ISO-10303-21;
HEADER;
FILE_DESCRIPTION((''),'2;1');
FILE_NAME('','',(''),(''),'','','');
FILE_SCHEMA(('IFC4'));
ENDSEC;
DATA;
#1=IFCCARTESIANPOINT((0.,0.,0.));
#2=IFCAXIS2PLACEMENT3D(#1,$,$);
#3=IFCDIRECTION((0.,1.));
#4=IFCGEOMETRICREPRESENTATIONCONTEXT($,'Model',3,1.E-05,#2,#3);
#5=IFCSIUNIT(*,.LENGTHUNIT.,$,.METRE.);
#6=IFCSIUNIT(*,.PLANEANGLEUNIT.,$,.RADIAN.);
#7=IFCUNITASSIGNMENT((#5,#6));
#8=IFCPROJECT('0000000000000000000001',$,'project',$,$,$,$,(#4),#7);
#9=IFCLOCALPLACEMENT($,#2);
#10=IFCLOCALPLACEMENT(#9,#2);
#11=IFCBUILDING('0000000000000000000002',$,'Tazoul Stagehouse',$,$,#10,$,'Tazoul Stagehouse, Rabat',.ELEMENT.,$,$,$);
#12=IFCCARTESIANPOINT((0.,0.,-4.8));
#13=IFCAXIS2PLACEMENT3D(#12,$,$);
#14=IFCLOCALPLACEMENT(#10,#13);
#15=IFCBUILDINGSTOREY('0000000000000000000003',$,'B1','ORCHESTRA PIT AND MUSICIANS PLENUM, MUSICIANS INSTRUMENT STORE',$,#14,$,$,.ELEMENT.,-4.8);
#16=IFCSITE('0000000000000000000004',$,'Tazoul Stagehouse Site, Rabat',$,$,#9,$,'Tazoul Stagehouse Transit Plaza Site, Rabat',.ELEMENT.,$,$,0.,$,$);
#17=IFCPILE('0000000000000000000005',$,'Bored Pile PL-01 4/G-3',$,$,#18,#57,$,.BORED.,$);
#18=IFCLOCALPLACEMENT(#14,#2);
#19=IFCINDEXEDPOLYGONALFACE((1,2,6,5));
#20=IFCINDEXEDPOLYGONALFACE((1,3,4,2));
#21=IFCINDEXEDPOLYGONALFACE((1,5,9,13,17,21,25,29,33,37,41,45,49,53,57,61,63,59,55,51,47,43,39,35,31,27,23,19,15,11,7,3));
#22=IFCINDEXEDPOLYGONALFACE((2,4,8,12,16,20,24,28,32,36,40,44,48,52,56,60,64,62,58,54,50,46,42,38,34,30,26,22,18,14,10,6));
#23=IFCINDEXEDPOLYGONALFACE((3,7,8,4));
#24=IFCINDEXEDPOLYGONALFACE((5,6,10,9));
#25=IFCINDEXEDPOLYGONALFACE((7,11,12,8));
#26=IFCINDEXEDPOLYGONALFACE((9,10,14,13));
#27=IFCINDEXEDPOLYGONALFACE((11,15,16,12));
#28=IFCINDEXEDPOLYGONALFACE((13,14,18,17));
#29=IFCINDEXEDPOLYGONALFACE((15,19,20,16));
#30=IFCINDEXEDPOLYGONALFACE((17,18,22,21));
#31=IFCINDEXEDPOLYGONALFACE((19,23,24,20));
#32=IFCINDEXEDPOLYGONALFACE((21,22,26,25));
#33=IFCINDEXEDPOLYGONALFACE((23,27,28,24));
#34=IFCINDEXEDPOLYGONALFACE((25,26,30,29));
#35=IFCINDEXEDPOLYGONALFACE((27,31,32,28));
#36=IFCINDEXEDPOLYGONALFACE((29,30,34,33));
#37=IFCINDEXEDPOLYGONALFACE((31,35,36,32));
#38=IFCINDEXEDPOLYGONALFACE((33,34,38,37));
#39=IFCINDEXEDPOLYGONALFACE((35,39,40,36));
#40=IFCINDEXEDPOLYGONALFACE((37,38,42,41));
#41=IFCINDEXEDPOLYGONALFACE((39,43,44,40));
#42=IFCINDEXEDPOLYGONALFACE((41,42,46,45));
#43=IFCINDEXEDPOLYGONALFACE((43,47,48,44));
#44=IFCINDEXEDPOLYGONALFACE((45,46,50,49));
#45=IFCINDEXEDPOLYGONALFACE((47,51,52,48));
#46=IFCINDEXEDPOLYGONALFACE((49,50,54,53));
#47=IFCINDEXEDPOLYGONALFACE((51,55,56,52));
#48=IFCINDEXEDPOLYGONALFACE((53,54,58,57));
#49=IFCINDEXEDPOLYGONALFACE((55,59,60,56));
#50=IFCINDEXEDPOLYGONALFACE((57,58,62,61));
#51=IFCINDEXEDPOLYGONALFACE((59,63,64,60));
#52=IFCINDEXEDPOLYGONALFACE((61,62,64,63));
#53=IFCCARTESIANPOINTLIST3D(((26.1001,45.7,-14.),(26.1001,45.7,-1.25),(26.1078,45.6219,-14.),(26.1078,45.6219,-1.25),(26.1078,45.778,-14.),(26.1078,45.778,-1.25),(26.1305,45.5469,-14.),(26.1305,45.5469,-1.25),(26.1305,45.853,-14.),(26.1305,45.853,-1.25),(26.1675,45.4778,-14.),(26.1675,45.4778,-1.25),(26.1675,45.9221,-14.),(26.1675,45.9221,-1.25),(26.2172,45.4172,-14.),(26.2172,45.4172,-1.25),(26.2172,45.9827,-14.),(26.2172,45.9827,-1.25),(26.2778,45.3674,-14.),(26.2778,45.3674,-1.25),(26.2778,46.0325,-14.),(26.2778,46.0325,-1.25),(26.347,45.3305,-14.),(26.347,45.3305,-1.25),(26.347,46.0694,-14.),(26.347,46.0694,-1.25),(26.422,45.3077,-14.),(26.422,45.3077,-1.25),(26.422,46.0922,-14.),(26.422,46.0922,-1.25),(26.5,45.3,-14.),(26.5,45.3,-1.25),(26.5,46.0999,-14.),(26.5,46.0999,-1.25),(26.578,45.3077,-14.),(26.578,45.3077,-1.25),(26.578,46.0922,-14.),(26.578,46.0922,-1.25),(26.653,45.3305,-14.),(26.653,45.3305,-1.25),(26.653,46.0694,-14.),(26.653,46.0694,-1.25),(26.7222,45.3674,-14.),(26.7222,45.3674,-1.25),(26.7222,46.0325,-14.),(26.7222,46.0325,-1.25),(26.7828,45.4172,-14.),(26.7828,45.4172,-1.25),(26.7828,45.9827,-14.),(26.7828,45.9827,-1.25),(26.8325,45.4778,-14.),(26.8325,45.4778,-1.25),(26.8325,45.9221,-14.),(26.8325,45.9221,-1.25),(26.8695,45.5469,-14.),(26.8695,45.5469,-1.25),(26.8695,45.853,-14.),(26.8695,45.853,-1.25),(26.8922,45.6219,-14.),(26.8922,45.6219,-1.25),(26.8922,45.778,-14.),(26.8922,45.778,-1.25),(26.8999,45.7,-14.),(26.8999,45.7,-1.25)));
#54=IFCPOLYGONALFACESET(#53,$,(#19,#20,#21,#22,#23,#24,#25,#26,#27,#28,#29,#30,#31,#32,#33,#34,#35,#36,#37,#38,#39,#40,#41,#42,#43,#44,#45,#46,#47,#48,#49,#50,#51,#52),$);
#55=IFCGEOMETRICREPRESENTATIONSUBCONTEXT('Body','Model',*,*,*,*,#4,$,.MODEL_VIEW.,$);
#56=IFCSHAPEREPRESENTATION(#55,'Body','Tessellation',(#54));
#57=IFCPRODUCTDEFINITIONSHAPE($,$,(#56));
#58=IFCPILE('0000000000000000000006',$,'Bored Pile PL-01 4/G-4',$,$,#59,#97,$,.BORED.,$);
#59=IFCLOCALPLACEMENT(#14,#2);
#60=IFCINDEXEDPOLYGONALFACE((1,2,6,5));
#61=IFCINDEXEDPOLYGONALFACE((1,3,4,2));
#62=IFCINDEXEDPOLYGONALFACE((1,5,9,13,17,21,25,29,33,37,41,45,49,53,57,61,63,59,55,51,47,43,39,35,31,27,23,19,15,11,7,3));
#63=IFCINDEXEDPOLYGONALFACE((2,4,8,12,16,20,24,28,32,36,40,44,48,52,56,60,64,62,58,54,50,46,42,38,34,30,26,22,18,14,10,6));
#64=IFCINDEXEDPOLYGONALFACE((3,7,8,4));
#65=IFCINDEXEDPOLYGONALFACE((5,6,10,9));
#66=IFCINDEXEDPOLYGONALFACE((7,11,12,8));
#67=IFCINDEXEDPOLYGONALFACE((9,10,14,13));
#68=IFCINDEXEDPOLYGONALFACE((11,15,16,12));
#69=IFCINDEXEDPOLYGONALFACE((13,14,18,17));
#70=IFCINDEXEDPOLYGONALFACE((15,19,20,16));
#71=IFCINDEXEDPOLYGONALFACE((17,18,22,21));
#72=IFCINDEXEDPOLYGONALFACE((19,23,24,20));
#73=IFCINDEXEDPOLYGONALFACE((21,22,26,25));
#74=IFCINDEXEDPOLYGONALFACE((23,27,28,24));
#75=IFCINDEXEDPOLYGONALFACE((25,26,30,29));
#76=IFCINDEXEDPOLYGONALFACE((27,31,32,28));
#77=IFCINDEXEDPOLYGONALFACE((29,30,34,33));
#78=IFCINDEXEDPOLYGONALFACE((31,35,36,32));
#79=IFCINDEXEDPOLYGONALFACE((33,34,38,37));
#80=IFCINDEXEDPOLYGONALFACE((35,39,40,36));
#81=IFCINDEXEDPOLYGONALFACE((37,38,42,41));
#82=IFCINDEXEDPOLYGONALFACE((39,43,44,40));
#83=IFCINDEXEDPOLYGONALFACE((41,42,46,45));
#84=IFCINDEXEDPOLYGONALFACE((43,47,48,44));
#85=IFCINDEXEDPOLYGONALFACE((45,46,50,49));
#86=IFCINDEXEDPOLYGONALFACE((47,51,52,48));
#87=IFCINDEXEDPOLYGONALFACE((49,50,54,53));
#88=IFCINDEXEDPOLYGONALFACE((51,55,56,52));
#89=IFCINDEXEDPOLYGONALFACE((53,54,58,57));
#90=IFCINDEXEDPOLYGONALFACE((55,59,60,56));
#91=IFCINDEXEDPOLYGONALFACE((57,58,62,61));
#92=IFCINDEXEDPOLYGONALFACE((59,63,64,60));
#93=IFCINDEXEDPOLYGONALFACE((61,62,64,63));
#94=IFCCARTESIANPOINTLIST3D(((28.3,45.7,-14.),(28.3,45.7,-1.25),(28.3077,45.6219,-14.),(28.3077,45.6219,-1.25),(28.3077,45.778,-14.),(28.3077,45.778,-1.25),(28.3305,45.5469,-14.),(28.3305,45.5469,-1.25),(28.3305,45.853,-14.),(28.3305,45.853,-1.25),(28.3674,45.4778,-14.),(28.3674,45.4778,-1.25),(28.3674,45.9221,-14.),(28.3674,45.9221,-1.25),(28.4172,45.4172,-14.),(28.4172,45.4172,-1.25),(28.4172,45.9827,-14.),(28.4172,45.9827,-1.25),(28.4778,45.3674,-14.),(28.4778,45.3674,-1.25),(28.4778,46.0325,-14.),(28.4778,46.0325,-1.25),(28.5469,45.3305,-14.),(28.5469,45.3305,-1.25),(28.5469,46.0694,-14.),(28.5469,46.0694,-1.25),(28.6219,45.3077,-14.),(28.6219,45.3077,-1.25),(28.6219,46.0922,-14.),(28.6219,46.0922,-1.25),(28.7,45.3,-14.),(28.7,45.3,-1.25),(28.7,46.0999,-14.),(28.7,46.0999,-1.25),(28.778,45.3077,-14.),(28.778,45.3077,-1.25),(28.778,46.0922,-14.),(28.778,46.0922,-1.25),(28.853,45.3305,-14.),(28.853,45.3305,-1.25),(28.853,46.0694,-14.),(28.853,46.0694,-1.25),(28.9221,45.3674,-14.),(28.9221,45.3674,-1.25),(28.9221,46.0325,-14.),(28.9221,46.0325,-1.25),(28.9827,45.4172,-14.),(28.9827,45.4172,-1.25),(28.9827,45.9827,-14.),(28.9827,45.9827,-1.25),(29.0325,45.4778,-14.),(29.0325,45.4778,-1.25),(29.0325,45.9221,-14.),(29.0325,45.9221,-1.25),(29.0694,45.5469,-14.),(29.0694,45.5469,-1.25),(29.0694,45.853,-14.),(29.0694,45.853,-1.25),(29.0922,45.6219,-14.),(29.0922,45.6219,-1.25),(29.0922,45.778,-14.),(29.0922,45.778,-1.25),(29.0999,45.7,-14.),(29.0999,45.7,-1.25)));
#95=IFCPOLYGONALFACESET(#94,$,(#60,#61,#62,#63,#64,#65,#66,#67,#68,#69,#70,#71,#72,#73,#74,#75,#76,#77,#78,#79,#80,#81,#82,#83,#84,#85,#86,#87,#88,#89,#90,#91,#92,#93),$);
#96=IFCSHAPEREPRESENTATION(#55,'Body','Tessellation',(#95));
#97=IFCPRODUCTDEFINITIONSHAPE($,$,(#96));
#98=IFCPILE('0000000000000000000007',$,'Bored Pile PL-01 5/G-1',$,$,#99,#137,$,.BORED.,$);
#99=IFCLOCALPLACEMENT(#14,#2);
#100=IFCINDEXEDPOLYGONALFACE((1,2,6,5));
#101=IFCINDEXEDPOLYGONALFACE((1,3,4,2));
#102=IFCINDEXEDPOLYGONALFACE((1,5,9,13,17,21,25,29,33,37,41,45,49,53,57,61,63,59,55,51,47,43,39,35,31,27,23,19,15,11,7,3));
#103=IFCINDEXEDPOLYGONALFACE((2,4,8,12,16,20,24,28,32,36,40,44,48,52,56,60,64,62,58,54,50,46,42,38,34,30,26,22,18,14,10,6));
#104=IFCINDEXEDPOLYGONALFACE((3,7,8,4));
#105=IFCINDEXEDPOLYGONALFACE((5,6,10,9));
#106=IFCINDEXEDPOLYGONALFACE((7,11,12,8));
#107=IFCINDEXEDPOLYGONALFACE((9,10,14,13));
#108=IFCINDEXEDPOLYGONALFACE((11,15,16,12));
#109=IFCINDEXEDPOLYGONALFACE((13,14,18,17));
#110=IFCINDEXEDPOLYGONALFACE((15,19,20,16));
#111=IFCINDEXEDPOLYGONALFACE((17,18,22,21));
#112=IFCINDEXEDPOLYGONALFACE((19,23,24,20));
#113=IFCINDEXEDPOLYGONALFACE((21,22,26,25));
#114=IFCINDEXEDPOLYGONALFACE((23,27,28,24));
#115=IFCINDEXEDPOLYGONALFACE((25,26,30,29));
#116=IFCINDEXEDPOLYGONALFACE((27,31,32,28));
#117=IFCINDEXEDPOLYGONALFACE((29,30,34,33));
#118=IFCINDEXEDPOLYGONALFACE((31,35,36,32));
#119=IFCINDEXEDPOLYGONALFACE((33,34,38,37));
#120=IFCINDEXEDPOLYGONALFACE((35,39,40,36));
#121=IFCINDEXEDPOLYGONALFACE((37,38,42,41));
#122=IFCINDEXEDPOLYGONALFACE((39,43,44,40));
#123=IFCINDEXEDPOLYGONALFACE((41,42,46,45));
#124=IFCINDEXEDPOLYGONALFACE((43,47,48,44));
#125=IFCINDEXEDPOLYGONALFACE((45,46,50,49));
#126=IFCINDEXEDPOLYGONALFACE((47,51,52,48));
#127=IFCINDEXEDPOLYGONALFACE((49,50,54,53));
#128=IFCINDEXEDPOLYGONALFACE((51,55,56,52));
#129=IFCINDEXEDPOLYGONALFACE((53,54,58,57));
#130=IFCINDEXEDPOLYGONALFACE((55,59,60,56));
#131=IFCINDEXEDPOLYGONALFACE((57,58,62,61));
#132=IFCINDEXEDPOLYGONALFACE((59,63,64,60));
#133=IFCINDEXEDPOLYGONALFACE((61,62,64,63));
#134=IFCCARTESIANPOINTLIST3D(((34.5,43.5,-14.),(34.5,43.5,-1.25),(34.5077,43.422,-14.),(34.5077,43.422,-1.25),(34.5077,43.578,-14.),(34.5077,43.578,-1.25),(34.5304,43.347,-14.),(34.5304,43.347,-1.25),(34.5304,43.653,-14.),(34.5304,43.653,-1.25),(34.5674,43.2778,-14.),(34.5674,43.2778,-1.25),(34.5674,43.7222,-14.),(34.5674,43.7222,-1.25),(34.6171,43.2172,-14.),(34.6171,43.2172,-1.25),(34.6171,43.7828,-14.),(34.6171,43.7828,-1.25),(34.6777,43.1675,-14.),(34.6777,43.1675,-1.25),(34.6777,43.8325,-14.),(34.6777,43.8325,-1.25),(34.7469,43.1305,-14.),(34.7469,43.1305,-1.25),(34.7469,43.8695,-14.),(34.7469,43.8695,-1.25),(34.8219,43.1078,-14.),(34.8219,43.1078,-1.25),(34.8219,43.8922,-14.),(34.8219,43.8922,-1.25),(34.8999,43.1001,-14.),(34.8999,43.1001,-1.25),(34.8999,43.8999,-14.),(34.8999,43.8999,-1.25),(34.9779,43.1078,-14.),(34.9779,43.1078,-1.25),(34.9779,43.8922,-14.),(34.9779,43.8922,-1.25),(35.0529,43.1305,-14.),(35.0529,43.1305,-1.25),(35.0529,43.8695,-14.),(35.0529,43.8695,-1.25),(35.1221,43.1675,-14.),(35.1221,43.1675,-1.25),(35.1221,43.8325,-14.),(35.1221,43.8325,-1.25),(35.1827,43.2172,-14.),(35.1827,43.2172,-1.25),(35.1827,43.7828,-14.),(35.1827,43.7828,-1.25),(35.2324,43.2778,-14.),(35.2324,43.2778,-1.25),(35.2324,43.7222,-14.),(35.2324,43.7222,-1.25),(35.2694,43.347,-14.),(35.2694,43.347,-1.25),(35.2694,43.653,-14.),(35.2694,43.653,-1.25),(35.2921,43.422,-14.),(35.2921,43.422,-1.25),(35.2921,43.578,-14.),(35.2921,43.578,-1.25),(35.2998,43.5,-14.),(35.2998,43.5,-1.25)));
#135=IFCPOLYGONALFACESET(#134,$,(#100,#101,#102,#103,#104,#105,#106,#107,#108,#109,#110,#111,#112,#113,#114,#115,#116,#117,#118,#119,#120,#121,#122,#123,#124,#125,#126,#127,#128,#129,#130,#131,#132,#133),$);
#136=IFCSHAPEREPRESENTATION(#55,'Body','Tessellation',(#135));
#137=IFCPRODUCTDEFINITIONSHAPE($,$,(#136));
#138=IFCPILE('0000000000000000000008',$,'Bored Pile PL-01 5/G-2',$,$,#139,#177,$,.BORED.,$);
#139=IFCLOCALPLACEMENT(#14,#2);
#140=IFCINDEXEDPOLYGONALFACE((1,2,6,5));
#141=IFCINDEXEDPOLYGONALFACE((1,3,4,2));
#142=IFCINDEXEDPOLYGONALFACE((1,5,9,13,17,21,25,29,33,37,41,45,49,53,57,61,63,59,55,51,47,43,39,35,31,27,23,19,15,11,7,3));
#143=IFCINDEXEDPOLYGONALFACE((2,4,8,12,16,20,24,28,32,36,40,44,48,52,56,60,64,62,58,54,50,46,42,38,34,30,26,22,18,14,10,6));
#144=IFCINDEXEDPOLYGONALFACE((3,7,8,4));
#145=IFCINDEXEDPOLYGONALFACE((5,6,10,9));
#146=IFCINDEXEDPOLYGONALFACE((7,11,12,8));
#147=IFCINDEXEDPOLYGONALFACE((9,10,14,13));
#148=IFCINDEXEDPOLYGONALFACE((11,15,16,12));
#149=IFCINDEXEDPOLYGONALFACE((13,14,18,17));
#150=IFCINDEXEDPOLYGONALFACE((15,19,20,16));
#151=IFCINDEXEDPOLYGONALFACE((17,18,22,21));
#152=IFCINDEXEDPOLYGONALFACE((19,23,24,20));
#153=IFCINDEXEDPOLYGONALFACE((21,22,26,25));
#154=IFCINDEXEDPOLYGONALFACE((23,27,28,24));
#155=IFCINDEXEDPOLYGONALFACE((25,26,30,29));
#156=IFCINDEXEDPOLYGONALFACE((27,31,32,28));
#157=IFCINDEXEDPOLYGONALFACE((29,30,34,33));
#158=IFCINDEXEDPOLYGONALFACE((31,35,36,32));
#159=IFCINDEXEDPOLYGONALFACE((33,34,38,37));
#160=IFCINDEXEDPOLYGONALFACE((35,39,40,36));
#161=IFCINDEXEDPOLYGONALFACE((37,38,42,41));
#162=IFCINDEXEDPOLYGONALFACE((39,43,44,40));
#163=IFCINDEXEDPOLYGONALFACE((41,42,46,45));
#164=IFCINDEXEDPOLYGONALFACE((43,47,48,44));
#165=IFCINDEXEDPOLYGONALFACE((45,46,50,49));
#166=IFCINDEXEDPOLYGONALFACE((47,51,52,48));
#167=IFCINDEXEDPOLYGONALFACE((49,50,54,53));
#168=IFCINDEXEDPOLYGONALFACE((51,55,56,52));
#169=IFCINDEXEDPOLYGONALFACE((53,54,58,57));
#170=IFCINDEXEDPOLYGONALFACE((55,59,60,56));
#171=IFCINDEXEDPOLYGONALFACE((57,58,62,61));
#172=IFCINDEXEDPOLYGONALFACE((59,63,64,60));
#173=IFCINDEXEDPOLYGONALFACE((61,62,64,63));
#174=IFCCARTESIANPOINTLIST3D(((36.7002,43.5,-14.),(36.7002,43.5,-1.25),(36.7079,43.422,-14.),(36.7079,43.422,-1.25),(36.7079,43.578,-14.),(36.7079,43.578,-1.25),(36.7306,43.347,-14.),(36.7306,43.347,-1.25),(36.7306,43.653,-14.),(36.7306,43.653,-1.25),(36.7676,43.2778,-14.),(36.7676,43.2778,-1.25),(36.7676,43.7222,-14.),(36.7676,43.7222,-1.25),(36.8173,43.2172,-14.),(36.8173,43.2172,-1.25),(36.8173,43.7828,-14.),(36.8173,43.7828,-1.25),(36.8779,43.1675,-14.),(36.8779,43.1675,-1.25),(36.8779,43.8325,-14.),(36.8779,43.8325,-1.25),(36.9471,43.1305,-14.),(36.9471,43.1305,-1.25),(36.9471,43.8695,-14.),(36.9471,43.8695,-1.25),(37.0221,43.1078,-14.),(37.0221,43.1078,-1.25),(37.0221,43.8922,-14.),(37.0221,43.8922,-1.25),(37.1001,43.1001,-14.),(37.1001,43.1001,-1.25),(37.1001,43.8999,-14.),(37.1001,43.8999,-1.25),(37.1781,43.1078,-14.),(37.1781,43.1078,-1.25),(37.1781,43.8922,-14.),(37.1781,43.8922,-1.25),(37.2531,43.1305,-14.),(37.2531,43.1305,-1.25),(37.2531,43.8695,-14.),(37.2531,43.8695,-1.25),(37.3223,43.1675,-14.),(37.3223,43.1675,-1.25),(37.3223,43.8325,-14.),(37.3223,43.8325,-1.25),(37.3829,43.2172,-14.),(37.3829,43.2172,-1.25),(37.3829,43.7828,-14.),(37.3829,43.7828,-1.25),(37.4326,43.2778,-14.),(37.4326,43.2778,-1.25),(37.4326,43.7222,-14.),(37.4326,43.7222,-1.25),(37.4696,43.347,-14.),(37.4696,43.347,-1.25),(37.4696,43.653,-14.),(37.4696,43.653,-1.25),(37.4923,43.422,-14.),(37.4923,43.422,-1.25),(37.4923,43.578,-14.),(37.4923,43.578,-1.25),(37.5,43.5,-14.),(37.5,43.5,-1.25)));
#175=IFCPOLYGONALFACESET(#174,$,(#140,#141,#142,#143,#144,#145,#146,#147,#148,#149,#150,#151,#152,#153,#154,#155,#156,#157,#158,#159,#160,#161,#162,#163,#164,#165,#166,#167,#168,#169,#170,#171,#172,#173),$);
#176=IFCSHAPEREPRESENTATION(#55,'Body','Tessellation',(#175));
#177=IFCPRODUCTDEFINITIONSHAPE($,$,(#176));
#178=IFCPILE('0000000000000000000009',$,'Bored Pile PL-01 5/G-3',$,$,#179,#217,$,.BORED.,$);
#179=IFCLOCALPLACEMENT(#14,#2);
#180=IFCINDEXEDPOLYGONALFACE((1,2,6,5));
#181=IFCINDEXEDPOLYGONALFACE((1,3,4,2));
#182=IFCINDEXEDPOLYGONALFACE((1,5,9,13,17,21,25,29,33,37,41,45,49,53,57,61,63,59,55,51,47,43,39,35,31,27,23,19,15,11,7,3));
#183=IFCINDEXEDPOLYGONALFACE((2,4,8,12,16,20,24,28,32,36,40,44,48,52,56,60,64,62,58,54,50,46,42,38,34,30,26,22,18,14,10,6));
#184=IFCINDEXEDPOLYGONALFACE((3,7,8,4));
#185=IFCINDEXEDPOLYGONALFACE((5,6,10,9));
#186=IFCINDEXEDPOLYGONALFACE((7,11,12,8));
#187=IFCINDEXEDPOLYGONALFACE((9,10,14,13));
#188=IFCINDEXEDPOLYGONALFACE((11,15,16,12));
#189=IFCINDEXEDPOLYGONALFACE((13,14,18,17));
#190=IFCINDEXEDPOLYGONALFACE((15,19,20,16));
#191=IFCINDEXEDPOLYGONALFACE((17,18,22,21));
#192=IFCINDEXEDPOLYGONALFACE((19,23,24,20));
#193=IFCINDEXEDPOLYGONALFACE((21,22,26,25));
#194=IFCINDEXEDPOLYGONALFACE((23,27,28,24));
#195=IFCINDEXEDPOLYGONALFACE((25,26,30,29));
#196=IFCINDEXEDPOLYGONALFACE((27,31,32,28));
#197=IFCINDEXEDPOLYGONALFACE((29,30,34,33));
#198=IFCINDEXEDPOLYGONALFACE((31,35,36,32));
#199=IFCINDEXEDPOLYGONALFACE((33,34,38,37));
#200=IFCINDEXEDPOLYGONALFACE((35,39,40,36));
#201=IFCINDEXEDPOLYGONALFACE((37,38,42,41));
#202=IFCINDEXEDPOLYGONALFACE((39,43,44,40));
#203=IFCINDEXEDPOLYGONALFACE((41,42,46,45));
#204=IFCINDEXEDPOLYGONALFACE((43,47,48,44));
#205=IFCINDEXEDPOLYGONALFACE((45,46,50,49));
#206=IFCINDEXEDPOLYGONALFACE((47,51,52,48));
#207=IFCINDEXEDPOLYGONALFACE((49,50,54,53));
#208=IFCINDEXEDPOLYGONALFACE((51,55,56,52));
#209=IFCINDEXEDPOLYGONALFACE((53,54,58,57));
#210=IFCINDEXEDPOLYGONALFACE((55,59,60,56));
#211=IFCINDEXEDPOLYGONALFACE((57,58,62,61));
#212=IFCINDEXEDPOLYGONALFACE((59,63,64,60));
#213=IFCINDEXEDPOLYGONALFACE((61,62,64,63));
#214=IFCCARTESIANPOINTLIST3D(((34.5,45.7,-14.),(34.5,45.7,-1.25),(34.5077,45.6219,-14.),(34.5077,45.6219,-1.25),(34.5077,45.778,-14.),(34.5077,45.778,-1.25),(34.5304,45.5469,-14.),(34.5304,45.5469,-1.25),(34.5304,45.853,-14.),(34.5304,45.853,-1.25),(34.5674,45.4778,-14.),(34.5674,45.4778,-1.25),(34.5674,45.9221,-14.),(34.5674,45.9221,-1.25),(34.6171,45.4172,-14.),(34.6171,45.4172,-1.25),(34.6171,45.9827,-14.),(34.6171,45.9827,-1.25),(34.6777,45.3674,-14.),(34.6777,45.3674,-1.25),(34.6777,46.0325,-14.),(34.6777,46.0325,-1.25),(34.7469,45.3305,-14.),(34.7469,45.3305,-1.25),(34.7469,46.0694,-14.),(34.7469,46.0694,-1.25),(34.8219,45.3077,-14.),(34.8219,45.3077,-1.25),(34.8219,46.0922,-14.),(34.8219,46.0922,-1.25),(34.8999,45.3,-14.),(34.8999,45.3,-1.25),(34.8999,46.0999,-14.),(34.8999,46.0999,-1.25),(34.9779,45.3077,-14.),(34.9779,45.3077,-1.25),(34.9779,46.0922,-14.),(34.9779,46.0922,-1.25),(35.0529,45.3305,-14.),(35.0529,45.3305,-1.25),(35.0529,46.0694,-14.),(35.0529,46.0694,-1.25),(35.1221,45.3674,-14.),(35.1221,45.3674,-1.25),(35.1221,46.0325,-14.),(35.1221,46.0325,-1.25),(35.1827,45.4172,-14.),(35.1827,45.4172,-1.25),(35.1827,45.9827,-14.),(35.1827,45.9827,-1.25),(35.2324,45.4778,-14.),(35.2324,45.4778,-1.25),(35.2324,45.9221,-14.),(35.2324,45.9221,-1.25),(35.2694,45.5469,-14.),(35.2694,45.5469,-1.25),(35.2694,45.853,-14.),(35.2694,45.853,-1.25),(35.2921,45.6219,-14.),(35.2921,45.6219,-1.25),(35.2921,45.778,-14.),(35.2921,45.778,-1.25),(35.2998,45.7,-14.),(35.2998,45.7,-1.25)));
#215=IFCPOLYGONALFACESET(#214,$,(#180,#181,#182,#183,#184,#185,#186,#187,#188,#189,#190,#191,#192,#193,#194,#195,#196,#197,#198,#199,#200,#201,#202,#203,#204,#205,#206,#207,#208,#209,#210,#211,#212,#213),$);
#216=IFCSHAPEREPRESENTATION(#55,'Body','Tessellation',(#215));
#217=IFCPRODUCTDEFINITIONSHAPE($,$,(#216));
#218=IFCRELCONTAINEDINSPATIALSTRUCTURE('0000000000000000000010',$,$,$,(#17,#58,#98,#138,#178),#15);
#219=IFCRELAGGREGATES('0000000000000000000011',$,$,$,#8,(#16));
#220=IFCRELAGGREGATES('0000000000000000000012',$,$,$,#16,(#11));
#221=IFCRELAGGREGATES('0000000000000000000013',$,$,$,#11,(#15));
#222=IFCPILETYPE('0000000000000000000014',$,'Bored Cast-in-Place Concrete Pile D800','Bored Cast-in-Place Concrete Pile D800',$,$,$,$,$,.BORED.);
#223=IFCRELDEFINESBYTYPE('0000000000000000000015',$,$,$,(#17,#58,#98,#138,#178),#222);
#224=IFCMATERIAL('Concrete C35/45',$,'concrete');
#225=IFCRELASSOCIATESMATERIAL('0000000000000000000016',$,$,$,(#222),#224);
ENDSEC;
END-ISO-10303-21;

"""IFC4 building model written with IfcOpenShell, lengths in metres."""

from ifc_helpers import new_model, si_unit, direction, frame, origin, origin_2d, place, context, subcontext, project, spatial, circle, extrude, material, material_profile, profile_set, type_object, element, save


model = new_model("IFC4")

# Units and contexts
model_context = context("Model", 3, precision=1e-05, world=origin(), true_north=direction((0.0, 1.0)))
body_context = subcontext(model_context, "Body", "Model", "MODEL_VIEW")
ifc_project = project(units=[si_unit("LENGTHUNIT", "METRE"), si_unit("PLANEANGLEUNIT", "RADIAN")], contexts=[model_context])

# Site, building, storey
site_placement = place(None, origin())
site = spatial("IfcSite", under=ifc_project, at=site_placement, Name="Tazoul Stagehouse Site, Rabat", LongName="Tazoul Stagehouse Transit Plaza Site, Rabat", CompositionType="ELEMENT", RefElevation=0.0)
building_placement = place(site_placement, origin())
building = spatial("IfcBuilding", under=site, at=building_placement, Name="Tazoul Stagehouse", LongName="Tazoul Stagehouse, Rabat", CompositionType="ELEMENT")
storey_placement = place(building_placement, frame((0.0, 0.0, -4.8)))
storey = spatial("IfcBuildingStorey", under=building, at=storey_placement, Name="B1", Description="ORCHESTRA PIT AND MUSICIANS PLENUM, MUSICIANS INSTRUMENT STORE", CompositionType="ELEMENT", Elevation=-4.8)

# Piles
ifc_material_1 = material(Name="Concrete C35/45", Category="concrete")
ifc_material_profile_1 = material_profile(ifc_material_1, circle(Radius=0.3999, at=origin_2d()), Name="BORED PILE 800")
ifc_profile_set_1 = profile_set([ifc_material_profile_1], Name="Concrete C35/45")
pile_type_1 = type_object("IfcPileType", Name="Bored Cast-in-Place Concrete Pile D800", Description="Bored Cast-in-Place Concrete Pile D800", PredefinedType="BORED", material=ifc_profile_set_1)
for number, where, z_axis, x_axis, name in (
    (1, (26.5, 45.7, -1.25), (0.0, 0.0, -1.0), (1.0, 0.0, 0.0), "Bored Pile PL-01 4/G-3"),
    (2, (28.7, 45.7, -1.25), (0.0, 0.0, -1.0), (1.0, 0.0, 0.0), "Bored Pile PL-01 4/G-4"),
    (3, (34.8999, 43.5, -1.25), (0.0, 0.0, -1.0), (1.0, 0.0, 0.0), "Bored Pile PL-01 5/G-1"),
    (4, (37.1001, 43.5, -1.25), (0.0, 0.0, -1.0), (1.0, 0.0, 0.0), "Bored Pile PL-01 5/G-2"),
    (5, (34.8999, 45.7, -1.25), (0.0, 0.0, -1.0), (1.0, 0.0, 0.0), "Bored Pile PL-01 5/G-3"),
):
    element("IfcPile", number, at=place(storey_placement, frame(where, z_axis=z_axis, x_axis=x_axis)), inside=storey, type_object=pile_type_1, Name=name, PredefinedType="BORED", context=body_context, shape_type="SweptSolid", body=[
        extrude(circle(Radius=0.3999, at=origin_2d()), origin(), (0.0, 0.0, 1.0), 12.75),
    ])

save(model, "model.ifc")
